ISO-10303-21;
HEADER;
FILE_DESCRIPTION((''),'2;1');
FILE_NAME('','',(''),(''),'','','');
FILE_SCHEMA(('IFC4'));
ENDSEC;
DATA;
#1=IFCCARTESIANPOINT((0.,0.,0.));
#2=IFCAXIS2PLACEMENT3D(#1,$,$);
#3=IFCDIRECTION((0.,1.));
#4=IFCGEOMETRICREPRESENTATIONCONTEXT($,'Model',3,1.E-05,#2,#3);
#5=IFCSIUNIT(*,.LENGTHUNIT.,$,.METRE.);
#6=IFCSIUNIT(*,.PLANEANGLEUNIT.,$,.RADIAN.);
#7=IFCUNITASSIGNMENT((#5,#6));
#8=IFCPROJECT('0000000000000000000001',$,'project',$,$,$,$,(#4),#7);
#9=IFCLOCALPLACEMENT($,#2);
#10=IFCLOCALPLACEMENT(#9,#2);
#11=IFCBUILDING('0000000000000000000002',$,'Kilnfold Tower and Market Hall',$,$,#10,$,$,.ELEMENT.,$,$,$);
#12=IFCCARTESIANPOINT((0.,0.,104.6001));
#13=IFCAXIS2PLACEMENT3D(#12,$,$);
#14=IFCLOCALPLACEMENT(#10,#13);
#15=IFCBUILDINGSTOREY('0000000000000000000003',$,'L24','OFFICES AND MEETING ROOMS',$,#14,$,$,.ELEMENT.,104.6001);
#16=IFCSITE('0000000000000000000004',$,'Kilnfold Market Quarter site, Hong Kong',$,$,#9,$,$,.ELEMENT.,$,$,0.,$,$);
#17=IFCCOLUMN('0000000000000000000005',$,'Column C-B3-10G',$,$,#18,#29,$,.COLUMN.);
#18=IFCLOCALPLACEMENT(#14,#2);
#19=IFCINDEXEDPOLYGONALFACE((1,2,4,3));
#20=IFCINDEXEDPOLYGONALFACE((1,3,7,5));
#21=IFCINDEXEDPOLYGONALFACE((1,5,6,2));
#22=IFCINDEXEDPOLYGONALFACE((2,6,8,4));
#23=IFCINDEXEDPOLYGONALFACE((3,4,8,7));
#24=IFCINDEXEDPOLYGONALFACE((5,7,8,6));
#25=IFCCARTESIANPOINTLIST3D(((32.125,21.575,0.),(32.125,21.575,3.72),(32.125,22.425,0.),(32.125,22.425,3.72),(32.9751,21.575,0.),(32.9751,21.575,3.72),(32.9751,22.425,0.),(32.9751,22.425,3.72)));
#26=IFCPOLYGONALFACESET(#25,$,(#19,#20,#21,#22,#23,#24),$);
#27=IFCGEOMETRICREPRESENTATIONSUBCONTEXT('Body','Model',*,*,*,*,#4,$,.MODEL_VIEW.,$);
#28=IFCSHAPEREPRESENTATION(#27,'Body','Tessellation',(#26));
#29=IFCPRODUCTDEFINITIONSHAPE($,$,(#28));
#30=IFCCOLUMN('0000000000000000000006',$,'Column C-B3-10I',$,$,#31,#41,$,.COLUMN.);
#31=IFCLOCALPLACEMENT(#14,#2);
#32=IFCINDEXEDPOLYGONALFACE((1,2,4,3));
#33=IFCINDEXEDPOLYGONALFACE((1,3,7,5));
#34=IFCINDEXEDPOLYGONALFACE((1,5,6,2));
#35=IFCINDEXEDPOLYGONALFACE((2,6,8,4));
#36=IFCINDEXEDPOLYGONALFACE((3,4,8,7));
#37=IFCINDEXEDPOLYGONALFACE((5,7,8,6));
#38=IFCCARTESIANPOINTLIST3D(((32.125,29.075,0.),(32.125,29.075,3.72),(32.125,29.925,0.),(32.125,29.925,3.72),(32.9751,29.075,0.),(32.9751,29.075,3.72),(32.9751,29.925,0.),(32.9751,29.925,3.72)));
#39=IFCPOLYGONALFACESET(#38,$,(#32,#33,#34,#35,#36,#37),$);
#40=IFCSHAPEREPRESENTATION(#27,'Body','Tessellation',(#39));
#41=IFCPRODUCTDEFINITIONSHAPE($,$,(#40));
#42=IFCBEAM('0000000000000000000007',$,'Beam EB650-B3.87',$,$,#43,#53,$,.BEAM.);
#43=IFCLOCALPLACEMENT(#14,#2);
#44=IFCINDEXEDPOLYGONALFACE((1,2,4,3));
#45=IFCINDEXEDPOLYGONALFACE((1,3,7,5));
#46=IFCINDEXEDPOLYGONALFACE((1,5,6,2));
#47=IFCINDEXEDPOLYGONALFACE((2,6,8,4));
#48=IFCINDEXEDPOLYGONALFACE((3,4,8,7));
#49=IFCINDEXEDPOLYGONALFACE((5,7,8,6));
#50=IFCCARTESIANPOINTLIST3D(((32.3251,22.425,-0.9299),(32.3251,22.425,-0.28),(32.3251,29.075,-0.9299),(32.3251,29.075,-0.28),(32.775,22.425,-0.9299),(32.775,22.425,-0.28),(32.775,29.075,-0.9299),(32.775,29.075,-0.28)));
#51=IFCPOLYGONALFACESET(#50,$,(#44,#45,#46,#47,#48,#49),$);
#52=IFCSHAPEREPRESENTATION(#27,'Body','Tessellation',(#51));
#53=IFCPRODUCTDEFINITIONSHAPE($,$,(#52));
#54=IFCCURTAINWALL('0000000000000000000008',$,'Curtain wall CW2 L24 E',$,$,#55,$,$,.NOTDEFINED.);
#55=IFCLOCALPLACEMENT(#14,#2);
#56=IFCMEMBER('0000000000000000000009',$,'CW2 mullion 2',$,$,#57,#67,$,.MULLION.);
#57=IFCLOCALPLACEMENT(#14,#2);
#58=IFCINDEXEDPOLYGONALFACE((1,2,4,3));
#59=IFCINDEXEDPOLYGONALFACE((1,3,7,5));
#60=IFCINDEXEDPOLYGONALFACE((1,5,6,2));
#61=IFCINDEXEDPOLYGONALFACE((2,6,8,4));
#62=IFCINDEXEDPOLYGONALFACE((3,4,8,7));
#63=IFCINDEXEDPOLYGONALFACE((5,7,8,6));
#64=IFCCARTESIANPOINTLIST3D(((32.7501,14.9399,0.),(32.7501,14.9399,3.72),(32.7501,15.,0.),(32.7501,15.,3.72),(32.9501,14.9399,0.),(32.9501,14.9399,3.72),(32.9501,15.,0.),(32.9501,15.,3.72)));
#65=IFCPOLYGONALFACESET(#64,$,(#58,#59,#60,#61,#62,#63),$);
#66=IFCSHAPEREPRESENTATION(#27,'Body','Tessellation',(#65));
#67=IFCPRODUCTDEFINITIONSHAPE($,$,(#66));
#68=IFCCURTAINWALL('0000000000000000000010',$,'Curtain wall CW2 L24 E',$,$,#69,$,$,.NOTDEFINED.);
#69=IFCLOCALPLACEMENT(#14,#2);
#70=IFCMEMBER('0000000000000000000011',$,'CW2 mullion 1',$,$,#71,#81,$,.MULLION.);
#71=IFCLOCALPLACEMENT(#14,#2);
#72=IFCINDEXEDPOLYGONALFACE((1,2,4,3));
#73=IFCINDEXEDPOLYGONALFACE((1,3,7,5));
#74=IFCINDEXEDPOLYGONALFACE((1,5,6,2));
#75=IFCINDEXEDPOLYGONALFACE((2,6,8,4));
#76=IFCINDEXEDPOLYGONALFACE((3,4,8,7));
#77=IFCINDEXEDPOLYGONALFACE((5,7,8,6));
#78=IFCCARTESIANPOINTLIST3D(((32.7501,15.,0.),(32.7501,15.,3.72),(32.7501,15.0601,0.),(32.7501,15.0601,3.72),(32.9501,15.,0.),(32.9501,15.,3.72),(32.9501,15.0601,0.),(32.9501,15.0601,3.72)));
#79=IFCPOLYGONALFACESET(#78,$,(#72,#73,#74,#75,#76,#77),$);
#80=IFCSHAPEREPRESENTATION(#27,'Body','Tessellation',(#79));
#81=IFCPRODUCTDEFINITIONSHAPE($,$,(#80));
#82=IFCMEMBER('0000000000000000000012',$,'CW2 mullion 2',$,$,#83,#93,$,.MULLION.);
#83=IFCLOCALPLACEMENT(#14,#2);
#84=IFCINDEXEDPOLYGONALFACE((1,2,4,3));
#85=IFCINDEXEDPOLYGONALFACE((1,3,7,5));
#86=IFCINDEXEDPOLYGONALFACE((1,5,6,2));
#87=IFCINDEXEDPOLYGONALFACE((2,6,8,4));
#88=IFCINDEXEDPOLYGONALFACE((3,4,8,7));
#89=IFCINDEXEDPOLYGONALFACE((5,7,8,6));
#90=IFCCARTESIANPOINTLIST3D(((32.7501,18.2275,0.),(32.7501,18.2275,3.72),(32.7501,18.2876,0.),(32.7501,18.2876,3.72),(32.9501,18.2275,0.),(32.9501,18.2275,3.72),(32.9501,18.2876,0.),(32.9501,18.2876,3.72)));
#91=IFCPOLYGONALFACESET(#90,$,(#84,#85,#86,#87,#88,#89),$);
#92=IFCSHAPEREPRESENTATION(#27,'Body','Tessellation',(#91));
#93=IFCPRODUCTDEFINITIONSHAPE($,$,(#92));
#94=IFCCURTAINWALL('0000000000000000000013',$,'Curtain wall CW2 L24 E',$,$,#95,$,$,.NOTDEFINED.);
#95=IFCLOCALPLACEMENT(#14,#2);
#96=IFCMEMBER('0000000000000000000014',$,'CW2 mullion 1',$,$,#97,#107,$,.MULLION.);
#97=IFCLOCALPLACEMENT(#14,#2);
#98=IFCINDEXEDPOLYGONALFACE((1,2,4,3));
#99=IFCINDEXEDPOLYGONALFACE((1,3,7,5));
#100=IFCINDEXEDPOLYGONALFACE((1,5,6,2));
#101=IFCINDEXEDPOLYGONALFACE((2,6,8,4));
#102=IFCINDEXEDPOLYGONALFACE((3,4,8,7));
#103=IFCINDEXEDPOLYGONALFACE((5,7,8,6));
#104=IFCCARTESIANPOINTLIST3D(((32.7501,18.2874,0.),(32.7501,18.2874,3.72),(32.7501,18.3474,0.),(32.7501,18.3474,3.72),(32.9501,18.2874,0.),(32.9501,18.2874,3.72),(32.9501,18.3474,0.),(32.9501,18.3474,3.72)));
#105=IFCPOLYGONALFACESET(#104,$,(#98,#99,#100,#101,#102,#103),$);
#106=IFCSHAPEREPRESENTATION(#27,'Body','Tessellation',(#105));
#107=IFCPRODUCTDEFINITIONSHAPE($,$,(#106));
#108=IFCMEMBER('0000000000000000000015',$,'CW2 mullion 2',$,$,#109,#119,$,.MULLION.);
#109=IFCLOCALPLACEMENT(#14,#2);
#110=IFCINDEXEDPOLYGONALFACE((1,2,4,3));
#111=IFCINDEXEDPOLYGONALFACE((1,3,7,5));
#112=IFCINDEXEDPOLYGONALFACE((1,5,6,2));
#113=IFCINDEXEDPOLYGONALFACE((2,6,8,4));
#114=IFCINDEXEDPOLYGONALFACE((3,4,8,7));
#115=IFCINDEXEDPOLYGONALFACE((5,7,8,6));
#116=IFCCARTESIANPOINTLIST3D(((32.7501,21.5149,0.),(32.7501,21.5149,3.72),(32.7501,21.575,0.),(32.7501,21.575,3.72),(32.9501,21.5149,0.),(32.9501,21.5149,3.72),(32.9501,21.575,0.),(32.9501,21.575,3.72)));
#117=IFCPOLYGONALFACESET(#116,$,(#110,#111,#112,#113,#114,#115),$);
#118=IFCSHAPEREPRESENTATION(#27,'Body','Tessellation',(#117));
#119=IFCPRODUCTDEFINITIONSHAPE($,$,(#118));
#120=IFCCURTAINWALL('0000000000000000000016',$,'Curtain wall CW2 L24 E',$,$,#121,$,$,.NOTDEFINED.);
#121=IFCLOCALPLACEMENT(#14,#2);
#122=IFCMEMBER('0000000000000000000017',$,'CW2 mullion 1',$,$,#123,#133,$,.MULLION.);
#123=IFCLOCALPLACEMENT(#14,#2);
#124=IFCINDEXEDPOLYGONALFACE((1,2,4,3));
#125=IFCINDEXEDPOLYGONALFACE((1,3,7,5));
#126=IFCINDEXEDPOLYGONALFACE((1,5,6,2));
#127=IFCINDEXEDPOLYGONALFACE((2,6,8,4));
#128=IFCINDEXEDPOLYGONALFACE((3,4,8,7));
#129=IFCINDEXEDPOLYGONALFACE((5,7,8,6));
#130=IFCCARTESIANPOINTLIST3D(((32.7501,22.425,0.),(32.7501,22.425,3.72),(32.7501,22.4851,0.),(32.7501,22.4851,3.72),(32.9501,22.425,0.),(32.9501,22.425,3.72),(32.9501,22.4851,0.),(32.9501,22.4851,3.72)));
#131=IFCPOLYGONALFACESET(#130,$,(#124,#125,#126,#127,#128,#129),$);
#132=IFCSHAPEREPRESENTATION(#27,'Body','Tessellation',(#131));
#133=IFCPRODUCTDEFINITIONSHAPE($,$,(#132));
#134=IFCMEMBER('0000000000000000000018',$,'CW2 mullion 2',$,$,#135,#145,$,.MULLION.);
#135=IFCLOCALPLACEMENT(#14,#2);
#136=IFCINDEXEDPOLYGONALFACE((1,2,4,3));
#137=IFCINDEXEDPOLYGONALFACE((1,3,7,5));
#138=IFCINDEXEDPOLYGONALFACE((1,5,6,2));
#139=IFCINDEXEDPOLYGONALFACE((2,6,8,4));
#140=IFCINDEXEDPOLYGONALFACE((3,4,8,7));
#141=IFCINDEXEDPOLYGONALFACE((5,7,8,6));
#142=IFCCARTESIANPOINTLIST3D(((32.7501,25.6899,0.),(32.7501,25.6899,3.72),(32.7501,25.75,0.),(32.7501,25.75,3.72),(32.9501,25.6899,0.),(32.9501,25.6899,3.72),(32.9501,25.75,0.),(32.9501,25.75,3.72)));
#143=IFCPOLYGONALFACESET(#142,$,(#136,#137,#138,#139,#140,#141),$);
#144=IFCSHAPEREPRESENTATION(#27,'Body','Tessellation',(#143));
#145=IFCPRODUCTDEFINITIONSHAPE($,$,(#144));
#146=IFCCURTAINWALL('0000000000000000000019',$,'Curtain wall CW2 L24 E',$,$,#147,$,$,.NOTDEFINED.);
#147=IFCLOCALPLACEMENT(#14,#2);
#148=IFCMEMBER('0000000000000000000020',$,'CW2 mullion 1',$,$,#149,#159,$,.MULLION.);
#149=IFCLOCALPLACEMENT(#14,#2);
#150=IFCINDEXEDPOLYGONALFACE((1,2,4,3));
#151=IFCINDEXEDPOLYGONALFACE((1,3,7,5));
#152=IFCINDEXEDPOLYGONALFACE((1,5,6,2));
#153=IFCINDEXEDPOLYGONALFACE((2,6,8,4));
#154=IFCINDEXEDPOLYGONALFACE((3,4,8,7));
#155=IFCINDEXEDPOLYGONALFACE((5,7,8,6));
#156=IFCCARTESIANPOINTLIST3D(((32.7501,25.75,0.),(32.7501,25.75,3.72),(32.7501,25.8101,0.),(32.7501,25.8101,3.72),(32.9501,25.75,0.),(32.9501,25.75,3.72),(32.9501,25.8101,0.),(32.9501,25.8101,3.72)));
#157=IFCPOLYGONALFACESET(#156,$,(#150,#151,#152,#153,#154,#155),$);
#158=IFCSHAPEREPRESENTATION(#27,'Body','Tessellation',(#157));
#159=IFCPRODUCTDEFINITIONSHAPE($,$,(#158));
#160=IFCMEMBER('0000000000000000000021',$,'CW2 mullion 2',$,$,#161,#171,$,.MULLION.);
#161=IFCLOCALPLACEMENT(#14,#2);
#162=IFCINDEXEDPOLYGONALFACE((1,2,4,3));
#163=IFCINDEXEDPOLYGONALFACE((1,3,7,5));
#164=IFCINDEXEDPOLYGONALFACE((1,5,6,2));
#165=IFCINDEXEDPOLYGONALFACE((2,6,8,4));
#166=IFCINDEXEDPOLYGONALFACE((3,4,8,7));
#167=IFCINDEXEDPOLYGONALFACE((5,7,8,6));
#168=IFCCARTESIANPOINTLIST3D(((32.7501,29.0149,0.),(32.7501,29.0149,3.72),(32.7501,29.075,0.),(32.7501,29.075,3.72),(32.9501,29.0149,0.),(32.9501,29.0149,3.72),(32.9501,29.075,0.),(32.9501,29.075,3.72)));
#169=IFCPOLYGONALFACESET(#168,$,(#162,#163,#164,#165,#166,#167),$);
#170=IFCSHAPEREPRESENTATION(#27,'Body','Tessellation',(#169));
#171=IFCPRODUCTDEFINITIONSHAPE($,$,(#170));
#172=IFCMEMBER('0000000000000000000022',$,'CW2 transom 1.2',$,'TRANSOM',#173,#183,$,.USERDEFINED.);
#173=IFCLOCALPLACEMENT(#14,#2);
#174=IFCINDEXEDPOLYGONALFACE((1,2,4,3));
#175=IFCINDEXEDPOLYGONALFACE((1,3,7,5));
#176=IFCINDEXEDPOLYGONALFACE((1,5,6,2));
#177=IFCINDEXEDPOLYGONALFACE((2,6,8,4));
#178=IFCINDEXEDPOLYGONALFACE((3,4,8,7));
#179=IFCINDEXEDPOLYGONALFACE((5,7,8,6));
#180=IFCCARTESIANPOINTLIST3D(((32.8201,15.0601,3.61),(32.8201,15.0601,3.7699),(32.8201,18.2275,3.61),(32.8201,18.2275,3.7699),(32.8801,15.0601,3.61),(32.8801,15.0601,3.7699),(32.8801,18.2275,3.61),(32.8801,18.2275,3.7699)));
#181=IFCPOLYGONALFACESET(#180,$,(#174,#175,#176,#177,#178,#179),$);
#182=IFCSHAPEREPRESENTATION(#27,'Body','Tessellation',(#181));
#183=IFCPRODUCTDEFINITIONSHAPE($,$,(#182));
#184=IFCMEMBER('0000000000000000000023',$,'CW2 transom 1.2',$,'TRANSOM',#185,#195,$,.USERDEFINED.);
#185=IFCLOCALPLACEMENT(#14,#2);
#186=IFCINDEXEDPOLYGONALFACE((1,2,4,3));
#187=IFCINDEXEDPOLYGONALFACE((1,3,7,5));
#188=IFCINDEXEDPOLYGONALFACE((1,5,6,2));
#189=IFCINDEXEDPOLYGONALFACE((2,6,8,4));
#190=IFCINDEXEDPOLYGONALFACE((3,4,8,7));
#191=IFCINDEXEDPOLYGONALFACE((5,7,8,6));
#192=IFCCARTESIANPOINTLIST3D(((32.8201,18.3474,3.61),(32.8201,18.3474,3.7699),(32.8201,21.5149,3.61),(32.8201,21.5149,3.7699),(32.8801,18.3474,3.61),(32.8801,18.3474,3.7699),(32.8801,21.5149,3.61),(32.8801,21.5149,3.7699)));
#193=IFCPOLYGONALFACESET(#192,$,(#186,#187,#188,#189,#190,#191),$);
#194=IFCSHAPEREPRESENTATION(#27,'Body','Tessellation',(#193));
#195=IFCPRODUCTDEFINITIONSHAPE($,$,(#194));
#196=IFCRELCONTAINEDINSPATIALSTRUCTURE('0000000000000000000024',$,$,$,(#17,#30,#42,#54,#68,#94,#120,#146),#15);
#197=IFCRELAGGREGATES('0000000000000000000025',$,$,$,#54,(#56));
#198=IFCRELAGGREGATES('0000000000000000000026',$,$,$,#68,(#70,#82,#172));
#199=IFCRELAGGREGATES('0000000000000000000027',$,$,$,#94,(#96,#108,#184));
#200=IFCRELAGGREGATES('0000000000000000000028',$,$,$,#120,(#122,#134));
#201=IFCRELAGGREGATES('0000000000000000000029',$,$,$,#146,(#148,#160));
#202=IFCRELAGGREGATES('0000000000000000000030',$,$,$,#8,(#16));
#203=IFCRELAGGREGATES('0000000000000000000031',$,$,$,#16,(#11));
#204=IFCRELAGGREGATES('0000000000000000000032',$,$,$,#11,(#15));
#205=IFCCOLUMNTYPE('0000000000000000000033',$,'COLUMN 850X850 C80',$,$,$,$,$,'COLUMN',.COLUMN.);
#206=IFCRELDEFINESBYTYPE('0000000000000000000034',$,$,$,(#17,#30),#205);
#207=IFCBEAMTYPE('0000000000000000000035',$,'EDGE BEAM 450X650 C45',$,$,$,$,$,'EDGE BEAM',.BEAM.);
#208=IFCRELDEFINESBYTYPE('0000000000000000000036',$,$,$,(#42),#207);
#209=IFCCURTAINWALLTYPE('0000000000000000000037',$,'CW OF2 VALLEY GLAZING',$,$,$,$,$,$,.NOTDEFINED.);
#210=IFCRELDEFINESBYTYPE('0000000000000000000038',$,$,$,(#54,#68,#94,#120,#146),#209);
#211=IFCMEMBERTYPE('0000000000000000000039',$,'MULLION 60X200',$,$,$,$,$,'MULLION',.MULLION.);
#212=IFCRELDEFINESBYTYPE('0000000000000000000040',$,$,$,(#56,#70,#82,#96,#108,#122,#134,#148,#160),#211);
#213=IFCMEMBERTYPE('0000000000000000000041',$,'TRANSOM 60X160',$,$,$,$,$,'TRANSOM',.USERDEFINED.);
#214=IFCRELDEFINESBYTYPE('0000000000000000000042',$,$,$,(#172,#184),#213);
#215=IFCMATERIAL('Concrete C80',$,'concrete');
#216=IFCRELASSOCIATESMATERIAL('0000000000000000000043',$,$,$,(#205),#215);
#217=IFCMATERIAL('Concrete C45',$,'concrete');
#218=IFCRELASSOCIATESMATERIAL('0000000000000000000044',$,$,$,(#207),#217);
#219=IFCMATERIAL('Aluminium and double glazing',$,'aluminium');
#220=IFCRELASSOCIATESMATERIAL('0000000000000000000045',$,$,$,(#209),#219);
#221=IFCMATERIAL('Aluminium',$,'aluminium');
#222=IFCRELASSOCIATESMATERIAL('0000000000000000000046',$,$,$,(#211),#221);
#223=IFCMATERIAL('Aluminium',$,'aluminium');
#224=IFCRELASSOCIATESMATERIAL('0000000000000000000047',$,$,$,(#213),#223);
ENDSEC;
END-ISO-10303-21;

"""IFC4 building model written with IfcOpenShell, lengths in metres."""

from ifc_helpers import new_model, si_unit, direction, frame, origin, origin_2d, place, context, subcontext, project, spatial, rectangle, extrude, source, transform, mapped, material, material_profile, profile_set, type_object, element, aggregate, save


model = new_model("IFC4")

# Units and contexts
model_context = context("Model", 3, precision=1e-05, world=origin(), true_north=direction((0.0, 1.0)))
body_context = subcontext(model_context, "Body", "Model", "MODEL_VIEW")
ifc_project = project(units=[si_unit("LENGTHUNIT", "METRE"), si_unit("PLANEANGLEUNIT", "RADIAN")], contexts=[model_context])

# Site, building, storey
site_placement = place(None, origin())
site = spatial("IfcSite", under=ifc_project, at=site_placement, Name="Kilnfold Market Quarter site, Hong Kong", CompositionType="ELEMENT", RefElevation=0.0)
building_placement = place(site_placement, origin())
building = spatial("IfcBuilding", under=site, at=building_placement, Name="Kilnfold Tower and Market Hall", CompositionType="ELEMENT")
storey_placement = place(building_placement, frame((0.0, 0.0, 104.6001)))
storey = spatial("IfcBuildingStorey", under=building, at=storey_placement, Name="L24", Description="OFFICES AND MEETING ROOMS", CompositionType="ELEMENT", Elevation=104.6001)

# Columns
ifc_material_1 = material(Name="Concrete C80", Category="concrete")
ifc_material_profile_1 = material_profile(ifc_material_1, rectangle(XDim=0.8501, YDim=0.8501, at=origin_2d()), Name="RC 850x850")
ifc_profile_set_1 = profile_set([ifc_material_profile_1], Name="Concrete C80")
column_type = type_object("IfcColumnType", Name="COLUMN 850X850 C80", ElementType="COLUMN", PredefinedType="COLUMN", material=ifc_profile_set_1)
shared_shape_1 = source(origin(), body_context, "Body", "SweptSolid", [
    extrude(rectangle(XDim=0.8501, YDim=0.8501, at=origin_2d()), origin(), (0.0, 0.0, 1.0), 3.72),
])
for number, where, z_axis, x_axis, name in (
    (1, (32.55, 22.0, 0.0), (0.0, 0.0, 1.0), (1.0, 0.0, 0.0), "Column C-B3-10G"),
    (2, (32.55, 29.5, 0.0), (0.0, 0.0, 1.0), (1.0, 0.0, 0.0), "Column C-B3-10I"),
):
    element("IfcColumn", number, at=place(storey_placement, frame(where, z_axis=z_axis, x_axis=x_axis)), inside=storey, type_object=column_type, Name=name, PredefinedType="COLUMN", context=body_context, shape_type="MappedRepresentation", body=[
        mapped(shared_shape_1, transform((0.0, 0.0, 0.0))),
    ])

# Beam
ifc_material_2 = material(Name="Concrete C45", Category="concrete")
ifc_material_profile_2 = material_profile(ifc_material_2, rectangle(XDim=0.45, YDim=0.6499, at=origin_2d()), Name="RC 450x650")
ifc_profile_set_2 = profile_set([ifc_material_profile_2], Name="Concrete C45")
beam_type = type_object("IfcBeamType", Name="EDGE BEAM 450X650 C45", ElementType="EDGE BEAM", PredefinedType="BEAM", material=ifc_profile_set_2)
shared_shape_2 = source(origin(), body_context, "Body", "SweptSolid", [
    extrude(rectangle(XDim=0.45, YDim=0.6499, at=origin_2d()), origin(), (0.0, 0.0, 1.0), 6.6499),
])
beam_placement = place(storey_placement, frame((32.55, 22.425, -0.605), z_axis=(0.0, 1.0, 0.0), x_axis=(-1.0, 0.0, 0.0)))
element("IfcBeam", 3, at=beam_placement, inside=storey, type_object=beam_type, Name="Beam EB650-B3.87", PredefinedType="BEAM", context=body_context, shape_type="MappedRepresentation", body=[
    mapped(shared_shape_2, transform((0.0, 0.0, 0.0))),
])

# Curtain wall, member
ifc_material_3 = material(Name="Aluminium and double glazing", Category="aluminium")
curtain_wall_type = type_object("IfcCurtainWallType", Name="CW OF2 VALLEY GLAZING", PredefinedType="NOTDEFINED", material=ifc_material_3)
curtain_wall_1_placement = place(storey_placement, origin())
curtain_wall_1 = element("IfcCurtainWall", 4, at=curtain_wall_1_placement, inside=storey, type_object=curtain_wall_type, Name="Curtain wall CW2 L24 E", PredefinedType="NOTDEFINED")
ifc_material_4 = material(Name="Aluminium", Category="aluminium")
ifc_material_profile_3 = material_profile(ifc_material_4, rectangle(XDim=0.0601, YDim=0.2, at=origin_2d()), Name="MULLION 60x200")
ifc_profile_set_3 = profile_set([ifc_material_profile_3], Name="Aluminium")
member_type_1 = type_object("IfcMemberType", Name="MULLION 60X200", ElementType="MULLION", PredefinedType="MULLION", material=ifc_profile_set_3)
shared_shape_3 = source(origin(), body_context, "Body", "SweptSolid", [
    extrude(rectangle(XDim=0.0601, YDim=0.2, at=origin_2d()), origin(), (0.0, 0.0, 1.0), 3.72),
])
member_1_placement = place(storey_placement, frame((32.8501, 14.97, 0.0), z_axis=(0.0, 0.0, 1.0), x_axis=(0.0, 1.0, 0.0)))
member_1 = element("IfcMember", 5, at=member_1_placement, type_object=member_type_1, Name="CW2 mullion 2", PredefinedType="MULLION", context=body_context, shape_type="MappedRepresentation", body=[
    mapped(shared_shape_3, transform((0.0, 0.0, 0.0))),
])
aggregate(curtain_wall_1, [member_1])

# Curtain walls, members
curtain_wall_2_placement = place(storey_placement, origin())
curtain_wall_2 = element("IfcCurtainWall", 6, at=curtain_wall_2_placement, inside=storey, type_object=curtain_wall_type, Name="Curtain wall CW2 L24 E", PredefinedType="NOTDEFINED")
member_2_placement = place(storey_placement, frame((32.8501, 15.03, 0.0), z_axis=(0.0, 0.0, 1.0), x_axis=(0.0, 1.0, 0.0)))
member_2 = element("IfcMember", 7, at=member_2_placement, type_object=member_type_1, Name="CW2 mullion 1", PredefinedType="MULLION", context=body_context, shape_type="MappedRepresentation", body=[
    mapped(shared_shape_3, transform((0.0, 0.0, 0.0))),
])
member_3_placement = place(storey_placement, frame((32.8501, 18.2576, 0.0), z_axis=(0.0, 0.0, 1.0), x_axis=(0.0, 1.0, 0.0)))
member_3 = element("IfcMember", 8, at=member_3_placement, type_object=member_type_1, Name="CW2 mullion 2", PredefinedType="MULLION", context=body_context, shape_type="MappedRepresentation", body=[
    mapped(shared_shape_3, transform((0.0, 0.0, 0.0))),
])
curtain_wall_3_placement = place(storey_placement, origin())
curtain_wall_3 = element("IfcCurtainWall", 9, at=curtain_wall_3_placement, inside=storey, type_object=curtain_wall_type, Name="Curtain wall CW2 L24 E", PredefinedType="NOTDEFINED")
member_4_placement = place(storey_placement, frame((32.8501, 18.3174, 0.0), z_axis=(0.0, 0.0, 1.0), x_axis=(0.0, 1.0, 0.0)))
member_4 = element("IfcMember", 10, at=member_4_placement, type_object=member_type_1, Name="CW2 mullion 1", PredefinedType="MULLION", context=body_context, shape_type="MappedRepresentation", body=[
    mapped(shared_shape_3, transform((0.0, 0.0, 0.0))),
])
member_5_placement = place(storey_placement, frame((32.8501, 21.5449, 0.0), z_axis=(0.0, 0.0, 1.0), x_axis=(0.0, 1.0, 0.0)))
member_5 = element("IfcMember", 11, at=member_5_placement, type_object=member_type_1, Name="CW2 mullion 2", PredefinedType="MULLION", context=body_context, shape_type="MappedRepresentation", body=[
    mapped(shared_shape_3, transform((0.0, 0.0, 0.0))),
])
curtain_wall_4_placement = place(storey_placement, origin())
curtain_wall_4 = element("IfcCurtainWall", 12, at=curtain_wall_4_placement, inside=storey, type_object=curtain_wall_type, Name="Curtain wall CW2 L24 E", PredefinedType="NOTDEFINED")
member_6_placement = place(storey_placement, frame((32.8501, 22.4551, 0.0), z_axis=(0.0, 0.0, 1.0), x_axis=(0.0, 1.0, 0.0)))
member_6 = element("IfcMember", 13, at=member_6_placement, type_object=member_type_1, Name="CW2 mullion 1", PredefinedType="MULLION", context=body_context, shape_type="MappedRepresentation", body=[
    mapped(shared_shape_3, transform((0.0, 0.0, 0.0))),
])
member_7_placement = place(storey_placement, frame((32.8501, 25.72, 0.0), z_axis=(0.0, 0.0, 1.0), x_axis=(0.0, 1.0, 0.0)))
member_7 = element("IfcMember", 14, at=member_7_placement, type_object=member_type_1, Name="CW2 mullion 2", PredefinedType="MULLION", context=body_context, shape_type="MappedRepresentation", body=[
    mapped(shared_shape_3, transform((0.0, 0.0, 0.0))),
])
curtain_wall_5_placement = place(storey_placement, origin())
curtain_wall_5 = element("IfcCurtainWall", 15, at=curtain_wall_5_placement, inside=storey, type_object=curtain_wall_type, Name="Curtain wall CW2 L24 E", PredefinedType="NOTDEFINED")
member_8_placement = place(storey_placement, frame((32.8501, 25.78, 0.0), z_axis=(0.0, 0.0, 1.0), x_axis=(0.0, 1.0, 0.0)))
member_8 = element("IfcMember", 16, at=member_8_placement, type_object=member_type_1, Name="CW2 mullion 1", PredefinedType="MULLION", context=body_context, shape_type="MappedRepresentation", body=[
    mapped(shared_shape_3, transform((0.0, 0.0, 0.0))),
])
member_9_placement = place(storey_placement, frame((32.8501, 29.0449, 0.0), z_axis=(0.0, 0.0, 1.0), x_axis=(0.0, 1.0, 0.0)))
member_9 = element("IfcMember", 17, at=member_9_placement, type_object=member_type_1, Name="CW2 mullion 2", PredefinedType="MULLION", context=body_context, shape_type="MappedRepresentation", body=[
    mapped(shared_shape_3, transform((0.0, 0.0, 0.0))),
])

# Members
ifc_material_5 = material(Name="Aluminium", Category="aluminium")
ifc_material_profile_4 = material_profile(ifc_material_5, rectangle(XDim=0.0601, YDim=0.1599, at=origin_2d()), Name="TRANSOM 60x160")
ifc_profile_set_4 = profile_set([ifc_material_profile_4], Name="Aluminium")
member_type_2 = type_object("IfcMemberType", Name="TRANSOM 60X160", ElementType="TRANSOM", PredefinedType="USERDEFINED", material=ifc_profile_set_4)
shared_shape_4 = source(origin(), body_context, "Body", "SweptSolid", [
    extrude(rectangle(XDim=0.0601, YDim=0.1599, at=origin_2d()), origin(), (0.0, 0.0, 1.0), 3.1675),
])
member_10_placement = place(storey_placement, frame((32.8501, 15.0601, 3.6899), z_axis=(0.0, 1.0, 0.0), x_axis=(-1.0, 0.0, 0.0)))
member_10 = element("IfcMember", 18, at=member_10_placement, type_object=member_type_2, Name="CW2 transom 1.2", ObjectType="TRANSOM", PredefinedType="USERDEFINED", context=body_context, shape_type="MappedRepresentation", body=[
    mapped(shared_shape_4, transform((0.0, 0.0, 0.0))),
])
member_11_placement = place(storey_placement, frame((32.8501, 18.3474, 3.6899), z_axis=(0.0, 1.0, 0.0), x_axis=(-1.0, 0.0, 0.0)))
member_11 = element("IfcMember", 19, at=member_11_placement, type_object=member_type_2, Name="CW2 transom 1.2", ObjectType="TRANSOM", PredefinedType="USERDEFINED", context=body_context, shape_type="MappedRepresentation", body=[
    mapped(shared_shape_4, transform((0.0, 0.0, 0.0))),
])

aggregate(curtain_wall_2, [member_2, member_3, member_10])
aggregate(curtain_wall_3, [member_4, member_5, member_11])
aggregate(curtain_wall_4, [member_6, member_7])
aggregate(curtain_wall_5, [member_8, member_9])

save(model, "model.ifc")
